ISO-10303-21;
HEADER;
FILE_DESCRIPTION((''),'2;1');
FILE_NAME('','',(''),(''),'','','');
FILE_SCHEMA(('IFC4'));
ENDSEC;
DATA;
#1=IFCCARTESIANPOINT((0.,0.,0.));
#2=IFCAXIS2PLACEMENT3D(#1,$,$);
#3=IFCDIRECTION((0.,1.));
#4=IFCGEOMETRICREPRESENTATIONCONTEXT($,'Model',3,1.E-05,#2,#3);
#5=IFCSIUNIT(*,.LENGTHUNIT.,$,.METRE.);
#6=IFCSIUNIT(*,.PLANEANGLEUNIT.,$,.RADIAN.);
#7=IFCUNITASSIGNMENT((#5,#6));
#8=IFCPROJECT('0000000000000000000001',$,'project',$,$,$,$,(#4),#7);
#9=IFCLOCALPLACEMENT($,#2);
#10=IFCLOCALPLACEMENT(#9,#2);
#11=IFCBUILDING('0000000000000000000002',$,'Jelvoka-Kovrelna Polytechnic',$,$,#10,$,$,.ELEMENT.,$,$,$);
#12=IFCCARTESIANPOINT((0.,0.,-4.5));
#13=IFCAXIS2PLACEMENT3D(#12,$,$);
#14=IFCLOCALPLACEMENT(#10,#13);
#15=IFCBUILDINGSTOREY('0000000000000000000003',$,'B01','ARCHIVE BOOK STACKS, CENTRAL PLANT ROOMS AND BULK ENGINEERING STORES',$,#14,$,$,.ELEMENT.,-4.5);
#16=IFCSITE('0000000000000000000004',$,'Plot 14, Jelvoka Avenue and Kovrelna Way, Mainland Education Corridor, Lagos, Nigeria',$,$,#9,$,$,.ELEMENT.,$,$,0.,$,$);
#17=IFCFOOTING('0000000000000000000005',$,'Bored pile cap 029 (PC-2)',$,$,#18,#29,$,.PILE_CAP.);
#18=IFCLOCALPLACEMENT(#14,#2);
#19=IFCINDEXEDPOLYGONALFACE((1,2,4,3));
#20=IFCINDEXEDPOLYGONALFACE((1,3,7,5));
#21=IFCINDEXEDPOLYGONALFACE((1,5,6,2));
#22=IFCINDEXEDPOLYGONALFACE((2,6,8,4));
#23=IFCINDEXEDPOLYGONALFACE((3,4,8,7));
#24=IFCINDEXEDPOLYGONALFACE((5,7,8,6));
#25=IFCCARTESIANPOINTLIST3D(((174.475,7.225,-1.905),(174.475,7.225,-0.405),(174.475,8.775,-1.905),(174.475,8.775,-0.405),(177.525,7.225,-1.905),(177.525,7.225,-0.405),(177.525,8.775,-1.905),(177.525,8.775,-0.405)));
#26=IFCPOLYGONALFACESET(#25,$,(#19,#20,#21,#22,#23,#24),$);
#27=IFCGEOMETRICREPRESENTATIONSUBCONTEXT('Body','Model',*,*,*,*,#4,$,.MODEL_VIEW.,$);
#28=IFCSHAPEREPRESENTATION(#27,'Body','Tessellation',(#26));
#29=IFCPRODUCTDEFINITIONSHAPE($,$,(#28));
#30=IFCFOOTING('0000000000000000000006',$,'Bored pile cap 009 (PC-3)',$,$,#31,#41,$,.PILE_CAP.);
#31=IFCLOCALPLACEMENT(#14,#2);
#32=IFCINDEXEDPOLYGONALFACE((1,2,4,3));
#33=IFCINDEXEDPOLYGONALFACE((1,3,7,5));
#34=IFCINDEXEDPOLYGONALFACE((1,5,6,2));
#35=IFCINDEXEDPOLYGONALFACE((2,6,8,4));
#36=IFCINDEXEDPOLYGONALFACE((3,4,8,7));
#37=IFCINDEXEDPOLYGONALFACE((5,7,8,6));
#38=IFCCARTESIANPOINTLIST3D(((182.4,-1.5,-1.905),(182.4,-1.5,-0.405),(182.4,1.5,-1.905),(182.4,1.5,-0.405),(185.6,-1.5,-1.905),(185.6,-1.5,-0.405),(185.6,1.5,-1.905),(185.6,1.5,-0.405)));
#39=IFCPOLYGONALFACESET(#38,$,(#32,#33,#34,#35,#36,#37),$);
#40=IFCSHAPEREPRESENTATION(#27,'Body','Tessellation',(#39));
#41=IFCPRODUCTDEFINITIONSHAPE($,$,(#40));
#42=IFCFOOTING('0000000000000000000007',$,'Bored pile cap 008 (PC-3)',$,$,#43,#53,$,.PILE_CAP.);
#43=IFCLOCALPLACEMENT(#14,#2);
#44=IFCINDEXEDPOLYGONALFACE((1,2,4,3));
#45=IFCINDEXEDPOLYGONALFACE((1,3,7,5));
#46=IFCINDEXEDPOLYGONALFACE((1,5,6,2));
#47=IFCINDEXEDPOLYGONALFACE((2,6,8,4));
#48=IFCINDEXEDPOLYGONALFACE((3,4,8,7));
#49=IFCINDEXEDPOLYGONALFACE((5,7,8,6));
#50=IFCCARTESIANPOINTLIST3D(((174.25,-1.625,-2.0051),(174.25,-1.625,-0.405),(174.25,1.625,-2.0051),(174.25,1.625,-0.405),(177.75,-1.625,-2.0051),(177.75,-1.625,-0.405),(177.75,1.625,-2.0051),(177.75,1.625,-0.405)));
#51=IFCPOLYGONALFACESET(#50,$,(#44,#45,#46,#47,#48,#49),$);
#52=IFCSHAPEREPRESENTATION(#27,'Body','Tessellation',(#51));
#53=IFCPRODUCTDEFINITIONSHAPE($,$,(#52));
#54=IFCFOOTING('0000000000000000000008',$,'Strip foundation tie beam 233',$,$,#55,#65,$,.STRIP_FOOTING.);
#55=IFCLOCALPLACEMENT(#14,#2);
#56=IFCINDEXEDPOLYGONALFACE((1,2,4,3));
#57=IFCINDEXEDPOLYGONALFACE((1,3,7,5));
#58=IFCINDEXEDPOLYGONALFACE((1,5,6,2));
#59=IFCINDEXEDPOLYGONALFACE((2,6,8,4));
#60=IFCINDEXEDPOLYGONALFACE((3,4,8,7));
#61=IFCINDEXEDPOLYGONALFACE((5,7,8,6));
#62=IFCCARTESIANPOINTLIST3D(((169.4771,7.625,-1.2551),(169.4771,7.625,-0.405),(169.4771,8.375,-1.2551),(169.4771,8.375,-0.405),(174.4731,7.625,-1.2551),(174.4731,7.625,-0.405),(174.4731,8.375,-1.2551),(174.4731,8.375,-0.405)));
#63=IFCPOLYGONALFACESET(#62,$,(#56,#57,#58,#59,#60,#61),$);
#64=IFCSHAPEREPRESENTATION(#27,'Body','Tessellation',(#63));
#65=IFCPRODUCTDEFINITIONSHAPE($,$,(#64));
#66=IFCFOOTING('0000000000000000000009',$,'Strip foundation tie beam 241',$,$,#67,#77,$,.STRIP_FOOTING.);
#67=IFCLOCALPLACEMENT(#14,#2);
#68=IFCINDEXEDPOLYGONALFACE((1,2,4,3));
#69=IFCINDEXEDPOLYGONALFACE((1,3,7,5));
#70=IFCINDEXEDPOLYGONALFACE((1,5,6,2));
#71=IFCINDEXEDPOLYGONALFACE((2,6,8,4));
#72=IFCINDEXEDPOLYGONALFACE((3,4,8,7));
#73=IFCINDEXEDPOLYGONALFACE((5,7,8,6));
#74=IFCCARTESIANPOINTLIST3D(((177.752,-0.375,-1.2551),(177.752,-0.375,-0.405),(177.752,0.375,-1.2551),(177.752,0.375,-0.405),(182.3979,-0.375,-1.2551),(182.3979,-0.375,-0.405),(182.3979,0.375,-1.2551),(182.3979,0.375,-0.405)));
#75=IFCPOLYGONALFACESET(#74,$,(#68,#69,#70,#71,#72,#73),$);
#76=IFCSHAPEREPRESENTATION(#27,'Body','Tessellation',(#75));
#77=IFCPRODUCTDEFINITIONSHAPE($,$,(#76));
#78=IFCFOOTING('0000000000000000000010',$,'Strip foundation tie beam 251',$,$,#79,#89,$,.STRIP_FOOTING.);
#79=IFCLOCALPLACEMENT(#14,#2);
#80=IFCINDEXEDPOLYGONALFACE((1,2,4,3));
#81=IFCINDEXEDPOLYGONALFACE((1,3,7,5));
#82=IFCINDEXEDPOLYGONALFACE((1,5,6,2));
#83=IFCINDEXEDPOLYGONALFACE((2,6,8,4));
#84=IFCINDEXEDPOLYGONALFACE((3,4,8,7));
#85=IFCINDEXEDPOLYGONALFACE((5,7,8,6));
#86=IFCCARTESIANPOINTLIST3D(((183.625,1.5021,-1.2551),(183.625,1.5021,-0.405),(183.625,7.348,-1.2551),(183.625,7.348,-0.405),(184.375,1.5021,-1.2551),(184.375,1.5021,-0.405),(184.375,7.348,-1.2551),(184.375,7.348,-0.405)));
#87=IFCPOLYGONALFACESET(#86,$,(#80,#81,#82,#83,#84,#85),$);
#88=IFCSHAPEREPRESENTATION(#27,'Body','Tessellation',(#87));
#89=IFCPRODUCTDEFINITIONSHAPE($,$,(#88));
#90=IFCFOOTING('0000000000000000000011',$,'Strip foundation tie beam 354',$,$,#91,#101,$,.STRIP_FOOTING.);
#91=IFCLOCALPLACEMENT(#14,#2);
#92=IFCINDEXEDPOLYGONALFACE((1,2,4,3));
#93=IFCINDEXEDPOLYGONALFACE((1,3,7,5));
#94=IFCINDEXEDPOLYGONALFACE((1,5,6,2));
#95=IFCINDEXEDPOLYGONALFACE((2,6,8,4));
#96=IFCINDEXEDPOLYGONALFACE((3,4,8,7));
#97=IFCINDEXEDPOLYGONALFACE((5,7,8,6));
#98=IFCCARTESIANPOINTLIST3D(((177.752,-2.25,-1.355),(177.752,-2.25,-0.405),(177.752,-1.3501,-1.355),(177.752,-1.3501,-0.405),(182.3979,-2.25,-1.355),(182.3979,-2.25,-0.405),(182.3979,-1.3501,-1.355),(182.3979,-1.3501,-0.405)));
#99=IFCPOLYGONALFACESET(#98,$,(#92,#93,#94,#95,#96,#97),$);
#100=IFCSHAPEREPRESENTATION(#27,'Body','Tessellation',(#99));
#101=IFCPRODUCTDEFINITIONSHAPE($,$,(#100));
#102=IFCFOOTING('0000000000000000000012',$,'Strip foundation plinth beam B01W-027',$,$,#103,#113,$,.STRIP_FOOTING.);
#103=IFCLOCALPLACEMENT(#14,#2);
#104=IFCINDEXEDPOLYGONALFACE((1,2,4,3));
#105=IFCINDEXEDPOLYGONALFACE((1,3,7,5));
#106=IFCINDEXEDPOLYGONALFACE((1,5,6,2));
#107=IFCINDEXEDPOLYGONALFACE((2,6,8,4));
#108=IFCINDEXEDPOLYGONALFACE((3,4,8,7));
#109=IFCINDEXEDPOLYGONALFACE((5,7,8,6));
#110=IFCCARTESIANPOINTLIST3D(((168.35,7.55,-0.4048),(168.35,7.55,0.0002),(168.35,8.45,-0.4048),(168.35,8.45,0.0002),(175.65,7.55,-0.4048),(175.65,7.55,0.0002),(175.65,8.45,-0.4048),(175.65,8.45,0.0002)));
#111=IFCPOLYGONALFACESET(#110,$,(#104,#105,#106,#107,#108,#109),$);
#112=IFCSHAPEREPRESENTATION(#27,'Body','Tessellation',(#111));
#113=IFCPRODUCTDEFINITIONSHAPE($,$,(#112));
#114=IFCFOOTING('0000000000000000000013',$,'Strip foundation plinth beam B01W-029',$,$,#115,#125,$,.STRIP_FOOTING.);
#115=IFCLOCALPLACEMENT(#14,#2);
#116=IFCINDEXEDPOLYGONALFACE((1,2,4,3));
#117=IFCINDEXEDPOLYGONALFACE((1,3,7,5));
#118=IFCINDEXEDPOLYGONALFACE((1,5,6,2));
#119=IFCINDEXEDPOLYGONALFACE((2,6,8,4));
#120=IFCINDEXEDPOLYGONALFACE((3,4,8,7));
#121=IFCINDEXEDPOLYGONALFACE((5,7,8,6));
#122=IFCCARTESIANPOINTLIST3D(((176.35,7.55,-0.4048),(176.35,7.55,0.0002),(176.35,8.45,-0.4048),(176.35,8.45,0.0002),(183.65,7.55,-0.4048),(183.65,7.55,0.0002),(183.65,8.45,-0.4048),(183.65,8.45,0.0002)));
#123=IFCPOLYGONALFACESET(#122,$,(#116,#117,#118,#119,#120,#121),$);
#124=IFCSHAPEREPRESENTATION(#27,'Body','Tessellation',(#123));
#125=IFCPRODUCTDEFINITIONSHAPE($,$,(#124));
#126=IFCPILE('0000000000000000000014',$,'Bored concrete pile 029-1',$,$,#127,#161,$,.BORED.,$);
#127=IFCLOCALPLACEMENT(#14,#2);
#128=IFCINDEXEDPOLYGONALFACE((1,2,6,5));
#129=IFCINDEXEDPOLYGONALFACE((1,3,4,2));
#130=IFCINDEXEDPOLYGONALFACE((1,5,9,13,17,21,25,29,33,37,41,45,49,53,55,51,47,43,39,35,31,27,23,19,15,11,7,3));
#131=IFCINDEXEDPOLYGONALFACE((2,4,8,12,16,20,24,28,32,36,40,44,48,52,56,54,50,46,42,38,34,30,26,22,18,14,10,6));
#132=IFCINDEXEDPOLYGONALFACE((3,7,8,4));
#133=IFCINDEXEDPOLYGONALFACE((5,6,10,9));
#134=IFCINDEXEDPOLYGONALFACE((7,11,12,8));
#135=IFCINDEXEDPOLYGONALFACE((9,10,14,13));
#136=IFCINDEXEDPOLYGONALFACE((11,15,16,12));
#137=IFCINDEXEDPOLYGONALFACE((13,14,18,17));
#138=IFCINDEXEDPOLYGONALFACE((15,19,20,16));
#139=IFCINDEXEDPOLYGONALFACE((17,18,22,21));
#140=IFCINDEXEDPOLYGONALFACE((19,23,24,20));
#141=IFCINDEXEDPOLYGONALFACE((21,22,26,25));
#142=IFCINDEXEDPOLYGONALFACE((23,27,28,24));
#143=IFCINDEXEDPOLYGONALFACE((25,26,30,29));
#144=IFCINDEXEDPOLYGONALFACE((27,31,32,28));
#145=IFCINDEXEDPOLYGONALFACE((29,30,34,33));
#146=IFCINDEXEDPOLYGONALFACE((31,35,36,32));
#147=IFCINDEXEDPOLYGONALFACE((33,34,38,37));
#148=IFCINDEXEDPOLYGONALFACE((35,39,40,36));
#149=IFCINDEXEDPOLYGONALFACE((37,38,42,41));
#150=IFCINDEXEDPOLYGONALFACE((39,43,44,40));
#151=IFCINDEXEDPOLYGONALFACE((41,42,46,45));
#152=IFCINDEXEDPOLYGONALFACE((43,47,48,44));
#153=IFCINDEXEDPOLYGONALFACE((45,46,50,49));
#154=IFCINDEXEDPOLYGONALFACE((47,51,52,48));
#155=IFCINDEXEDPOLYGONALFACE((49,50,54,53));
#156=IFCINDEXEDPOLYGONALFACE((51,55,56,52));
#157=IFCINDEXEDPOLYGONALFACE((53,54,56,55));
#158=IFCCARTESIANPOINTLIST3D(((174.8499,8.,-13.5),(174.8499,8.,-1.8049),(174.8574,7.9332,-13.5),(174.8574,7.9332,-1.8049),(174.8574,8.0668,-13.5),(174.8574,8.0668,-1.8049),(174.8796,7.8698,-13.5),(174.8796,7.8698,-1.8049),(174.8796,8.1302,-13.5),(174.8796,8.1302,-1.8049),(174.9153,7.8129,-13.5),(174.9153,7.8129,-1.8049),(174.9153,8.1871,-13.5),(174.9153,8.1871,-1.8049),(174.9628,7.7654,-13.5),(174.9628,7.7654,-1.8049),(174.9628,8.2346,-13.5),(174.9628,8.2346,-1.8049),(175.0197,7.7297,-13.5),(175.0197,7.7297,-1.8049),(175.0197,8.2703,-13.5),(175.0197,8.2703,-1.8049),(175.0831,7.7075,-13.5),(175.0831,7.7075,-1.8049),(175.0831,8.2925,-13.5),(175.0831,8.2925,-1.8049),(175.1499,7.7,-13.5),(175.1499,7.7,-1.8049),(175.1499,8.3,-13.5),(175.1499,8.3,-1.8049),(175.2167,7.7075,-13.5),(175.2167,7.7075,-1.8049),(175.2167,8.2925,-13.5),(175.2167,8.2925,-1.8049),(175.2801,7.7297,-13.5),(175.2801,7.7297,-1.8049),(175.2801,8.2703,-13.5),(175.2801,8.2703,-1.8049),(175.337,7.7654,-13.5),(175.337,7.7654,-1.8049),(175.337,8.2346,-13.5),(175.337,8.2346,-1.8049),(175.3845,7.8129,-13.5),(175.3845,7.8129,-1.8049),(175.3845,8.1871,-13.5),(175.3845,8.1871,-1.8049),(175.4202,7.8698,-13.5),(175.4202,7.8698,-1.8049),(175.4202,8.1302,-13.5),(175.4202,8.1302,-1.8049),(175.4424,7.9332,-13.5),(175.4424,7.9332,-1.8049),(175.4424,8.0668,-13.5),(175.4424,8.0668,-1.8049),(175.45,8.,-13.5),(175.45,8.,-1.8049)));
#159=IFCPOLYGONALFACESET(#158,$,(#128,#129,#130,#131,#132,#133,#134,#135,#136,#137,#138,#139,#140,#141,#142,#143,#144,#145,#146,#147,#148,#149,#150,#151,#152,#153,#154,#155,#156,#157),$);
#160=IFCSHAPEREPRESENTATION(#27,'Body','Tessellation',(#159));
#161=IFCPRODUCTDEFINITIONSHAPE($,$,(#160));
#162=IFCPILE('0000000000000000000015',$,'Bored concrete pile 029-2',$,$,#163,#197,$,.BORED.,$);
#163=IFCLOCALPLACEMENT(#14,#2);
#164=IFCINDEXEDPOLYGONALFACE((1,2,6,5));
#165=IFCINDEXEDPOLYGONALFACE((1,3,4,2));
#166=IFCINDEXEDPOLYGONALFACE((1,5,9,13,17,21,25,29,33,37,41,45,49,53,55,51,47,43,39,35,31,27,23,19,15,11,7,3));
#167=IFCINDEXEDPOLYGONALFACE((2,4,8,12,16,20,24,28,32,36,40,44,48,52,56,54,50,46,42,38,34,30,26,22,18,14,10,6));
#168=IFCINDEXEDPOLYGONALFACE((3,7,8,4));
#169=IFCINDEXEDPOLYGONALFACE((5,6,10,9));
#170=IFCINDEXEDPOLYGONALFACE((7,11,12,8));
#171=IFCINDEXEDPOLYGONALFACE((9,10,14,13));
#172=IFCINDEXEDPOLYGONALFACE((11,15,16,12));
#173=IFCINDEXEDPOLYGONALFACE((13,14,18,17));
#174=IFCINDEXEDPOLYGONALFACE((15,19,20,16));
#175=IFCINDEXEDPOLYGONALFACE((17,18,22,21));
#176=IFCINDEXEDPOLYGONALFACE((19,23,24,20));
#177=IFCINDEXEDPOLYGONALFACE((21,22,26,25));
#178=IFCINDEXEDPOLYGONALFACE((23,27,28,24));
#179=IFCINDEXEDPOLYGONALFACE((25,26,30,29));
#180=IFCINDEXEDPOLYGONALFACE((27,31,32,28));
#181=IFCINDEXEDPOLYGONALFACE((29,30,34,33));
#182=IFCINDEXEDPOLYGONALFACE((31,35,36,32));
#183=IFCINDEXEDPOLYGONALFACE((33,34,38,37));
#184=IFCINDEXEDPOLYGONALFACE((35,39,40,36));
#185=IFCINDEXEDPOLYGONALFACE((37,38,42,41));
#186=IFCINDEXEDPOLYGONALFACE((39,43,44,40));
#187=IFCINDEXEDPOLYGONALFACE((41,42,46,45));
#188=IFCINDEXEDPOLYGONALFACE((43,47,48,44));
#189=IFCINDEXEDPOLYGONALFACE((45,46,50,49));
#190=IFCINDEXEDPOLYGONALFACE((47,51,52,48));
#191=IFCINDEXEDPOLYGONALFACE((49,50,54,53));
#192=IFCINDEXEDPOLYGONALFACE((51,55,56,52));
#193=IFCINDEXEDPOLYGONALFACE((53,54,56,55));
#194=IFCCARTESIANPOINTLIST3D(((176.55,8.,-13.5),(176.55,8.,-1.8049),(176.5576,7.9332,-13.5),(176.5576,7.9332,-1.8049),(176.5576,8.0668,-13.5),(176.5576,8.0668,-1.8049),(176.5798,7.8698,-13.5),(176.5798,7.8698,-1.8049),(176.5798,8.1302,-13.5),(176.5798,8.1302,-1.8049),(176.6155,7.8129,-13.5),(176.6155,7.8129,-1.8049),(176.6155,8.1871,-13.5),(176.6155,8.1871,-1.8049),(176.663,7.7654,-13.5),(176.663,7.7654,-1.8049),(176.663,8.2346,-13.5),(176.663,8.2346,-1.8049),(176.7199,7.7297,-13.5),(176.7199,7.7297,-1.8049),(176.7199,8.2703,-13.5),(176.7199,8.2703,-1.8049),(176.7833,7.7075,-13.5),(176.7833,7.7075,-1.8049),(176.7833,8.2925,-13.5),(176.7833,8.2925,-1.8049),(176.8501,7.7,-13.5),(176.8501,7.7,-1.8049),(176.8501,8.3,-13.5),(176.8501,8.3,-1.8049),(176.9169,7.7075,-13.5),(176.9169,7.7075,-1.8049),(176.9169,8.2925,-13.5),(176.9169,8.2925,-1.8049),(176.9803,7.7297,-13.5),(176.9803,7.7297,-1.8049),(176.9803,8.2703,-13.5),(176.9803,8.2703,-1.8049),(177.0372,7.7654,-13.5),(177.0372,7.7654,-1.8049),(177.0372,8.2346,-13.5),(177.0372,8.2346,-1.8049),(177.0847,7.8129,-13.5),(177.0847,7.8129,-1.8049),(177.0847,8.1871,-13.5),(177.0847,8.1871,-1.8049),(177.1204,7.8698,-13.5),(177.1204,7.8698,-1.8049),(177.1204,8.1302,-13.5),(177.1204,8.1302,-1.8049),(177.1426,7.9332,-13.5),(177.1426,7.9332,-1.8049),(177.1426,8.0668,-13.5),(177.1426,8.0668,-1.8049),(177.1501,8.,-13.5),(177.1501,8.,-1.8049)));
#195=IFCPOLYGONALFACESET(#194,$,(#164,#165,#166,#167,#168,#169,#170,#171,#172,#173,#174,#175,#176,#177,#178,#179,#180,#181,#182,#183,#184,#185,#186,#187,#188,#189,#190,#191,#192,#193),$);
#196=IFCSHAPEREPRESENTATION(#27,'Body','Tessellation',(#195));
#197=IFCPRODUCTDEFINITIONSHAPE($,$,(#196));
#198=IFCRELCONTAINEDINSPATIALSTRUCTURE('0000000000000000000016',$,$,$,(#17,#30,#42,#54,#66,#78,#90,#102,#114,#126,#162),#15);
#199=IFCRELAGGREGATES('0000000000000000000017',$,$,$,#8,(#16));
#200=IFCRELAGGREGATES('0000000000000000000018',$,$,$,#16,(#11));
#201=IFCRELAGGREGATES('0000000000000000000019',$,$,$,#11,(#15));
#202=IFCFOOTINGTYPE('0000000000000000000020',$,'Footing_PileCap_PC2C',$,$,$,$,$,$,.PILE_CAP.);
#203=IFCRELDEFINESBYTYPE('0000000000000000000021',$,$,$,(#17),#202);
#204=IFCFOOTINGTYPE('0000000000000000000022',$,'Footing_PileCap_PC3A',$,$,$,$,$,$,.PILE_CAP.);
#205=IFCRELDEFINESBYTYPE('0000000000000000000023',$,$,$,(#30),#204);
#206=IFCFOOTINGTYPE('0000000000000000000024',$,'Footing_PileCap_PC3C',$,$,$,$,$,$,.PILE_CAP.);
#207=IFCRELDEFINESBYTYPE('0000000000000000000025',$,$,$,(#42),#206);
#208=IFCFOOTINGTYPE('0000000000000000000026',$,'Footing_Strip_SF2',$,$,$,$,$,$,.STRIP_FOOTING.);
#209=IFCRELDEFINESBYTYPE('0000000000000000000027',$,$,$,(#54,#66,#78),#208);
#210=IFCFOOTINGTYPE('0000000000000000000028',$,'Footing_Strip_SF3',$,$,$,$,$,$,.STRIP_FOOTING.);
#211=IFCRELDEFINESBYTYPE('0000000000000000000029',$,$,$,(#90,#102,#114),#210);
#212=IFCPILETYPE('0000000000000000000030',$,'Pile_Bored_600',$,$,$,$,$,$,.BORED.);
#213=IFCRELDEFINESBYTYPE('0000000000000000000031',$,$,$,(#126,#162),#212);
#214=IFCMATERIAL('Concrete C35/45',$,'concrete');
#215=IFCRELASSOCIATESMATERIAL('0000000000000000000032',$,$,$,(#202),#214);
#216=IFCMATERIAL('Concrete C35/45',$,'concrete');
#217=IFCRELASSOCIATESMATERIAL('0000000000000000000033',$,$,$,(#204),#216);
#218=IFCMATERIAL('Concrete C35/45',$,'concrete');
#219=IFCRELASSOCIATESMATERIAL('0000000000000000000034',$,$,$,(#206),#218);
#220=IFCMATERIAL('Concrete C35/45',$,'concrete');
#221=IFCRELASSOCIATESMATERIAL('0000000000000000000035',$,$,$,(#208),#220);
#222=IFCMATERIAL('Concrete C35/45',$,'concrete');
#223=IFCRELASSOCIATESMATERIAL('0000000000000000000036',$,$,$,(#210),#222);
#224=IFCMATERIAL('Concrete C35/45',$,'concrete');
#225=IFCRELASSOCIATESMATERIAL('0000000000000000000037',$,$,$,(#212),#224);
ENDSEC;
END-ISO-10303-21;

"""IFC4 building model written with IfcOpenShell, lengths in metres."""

from ifc_helpers import new_model, si_unit, direction, frame, origin, origin_2d, place, context, subcontext, project, spatial, rectangle, circle, extrude, material, material_profile, profile_set, type_object, element, save


model = new_model("IFC4")

# Units and contexts
model_context = context("Model", 3, precision=1e-05, world=origin(), true_north=direction((0.0, 1.0)))
body_context = subcontext(model_context, "Body", "Model", "MODEL_VIEW")
ifc_project = project(units=[si_unit("LENGTHUNIT", "METRE"), si_unit("PLANEANGLEUNIT", "RADIAN")], contexts=[model_context])

# Site, building, storey
site_placement = place(None, origin())
site = spatial("IfcSite", under=ifc_project, at=site_placement, Name="Plot 14, Jelvoka Avenue and Kovrelna Way, Mainland Education Corridor, Lagos, Nigeria", CompositionType="ELEMENT", RefElevation=0.0)
building_placement = place(site_placement, origin())
building = spatial("IfcBuilding", under=site, at=building_placement, Name="Jelvoka-Kovrelna Polytechnic", CompositionType="ELEMENT")
storey_placement = place(building_placement, frame((0.0, 0.0, -4.5)))
storey = spatial("IfcBuildingStorey", under=building, at=storey_placement, Name="B01", Description="ARCHIVE BOOK STACKS, CENTRAL PLANT ROOMS AND BULK ENGINEERING STORES", CompositionType="ELEMENT", Elevation=-4.5)

# Footings
ifc_material_1 = material(Name="Concrete C35/45", Category="concrete")
footing_type_1 = type_object("IfcFootingType", Name="Footing_PileCap_PC2C", PredefinedType="PILE_CAP", material=ifc_material_1)
footing_1_placement = place(storey_placement, frame((176.0, 8.0, -1.905), z_axis=(0.0, 0.0, 1.0), x_axis=(1.0, 0.0, 0.0)))
element("IfcFooting", 1, at=footing_1_placement, inside=storey, type_object=footing_type_1, Name="Bored pile cap 029 (PC-2)", PredefinedType="PILE_CAP", context=body_context, shape_type="SweptSolid", body=[
    extrude(rectangle(XDim=3.05, YDim=1.55, at=origin_2d()), origin(), (0.0, 0.0, 1.0), 1.5),
])
ifc_material_2 = material(Name="Concrete C35/45", Category="concrete")
footing_type_2 = type_object("IfcFootingType", Name="Footing_PileCap_PC3A", PredefinedType="PILE_CAP", material=ifc_material_2)
footing_2_placement = place(storey_placement, frame((184.0, 0.0, -1.905), z_axis=(0.0, 0.0, 1.0), x_axis=(1.0, 0.0, 0.0)))
element("IfcFooting", 2, at=footing_2_placement, inside=storey, type_object=footing_type_2, Name="Bored pile cap 009 (PC-3)", PredefinedType="PILE_CAP", context=body_context, shape_type="SweptSolid", body=[
    extrude(rectangle(XDim=3.2, YDim=3.0, at=origin_2d()), origin(), (0.0, 0.0, 1.0), 1.5),
])
ifc_material_3 = material(Name="Concrete C35/45", Category="concrete")
footing_type_3 = type_object("IfcFootingType", Name="Footing_PileCap_PC3C", PredefinedType="PILE_CAP", material=ifc_material_3)
footing_3_placement = place(storey_placement, frame((176.0, 0.0, -2.0051), z_axis=(0.0, 0.0, 1.0), x_axis=(1.0, 0.0, 0.0)))
element("IfcFooting", 3, at=footing_3_placement, inside=storey, type_object=footing_type_3, Name="Bored pile cap 008 (PC-3)", PredefinedType="PILE_CAP", context=body_context, shape_type="SweptSolid", body=[
    extrude(rectangle(XDim=3.5, YDim=3.25, at=origin_2d()), origin(), (0.0, 0.0, 1.0), 1.6001),
])
ifc_material_4 = material(Name="Concrete C35/45", Category="concrete")
footing_type_4 = type_object("IfcFootingType", Name="Footing_Strip_SF2", PredefinedType="STRIP_FOOTING", material=ifc_material_4)
footing_4_placement = place(storey_placement, frame((171.9751, 8.0, -1.2551), z_axis=(0.0, 0.0, 1.0), x_axis=(1.0, 0.0, 0.0)))
element("IfcFooting", 4, at=footing_4_placement, inside=storey, type_object=footing_type_4, Name="Strip foundation tie beam 233", PredefinedType="STRIP_FOOTING", context=body_context, shape_type="SweptSolid", body=[
    extrude(rectangle(XDim=4.9961, YDim=0.75, at=origin_2d()), origin(), (0.0, 0.0, 1.0), 0.8501),
])
footing_5_placement = place(storey_placement, frame((180.075, 0.0, -1.2551), z_axis=(0.0, 0.0, 1.0), x_axis=(1.0, 0.0, 0.0)))
element("IfcFooting", 5, at=footing_5_placement, inside=storey, type_object=footing_type_4, Name="Strip foundation tie beam 241", PredefinedType="STRIP_FOOTING", context=body_context, shape_type="SweptSolid", body=[
    extrude(rectangle(XDim=4.646, YDim=0.75, at=origin_2d()), origin(), (0.0, 0.0, 1.0), 0.8501),
])
footing_6_placement = place(storey_placement, frame((184.0, 4.425, -1.2551), z_axis=(0.0, 0.0, 1.0), x_axis=(0.0, 1.0, 0.0)))
element("IfcFooting", 6, at=footing_6_placement, inside=storey, type_object=footing_type_4, Name="Strip foundation tie beam 251", PredefinedType="STRIP_FOOTING", context=body_context, shape_type="SweptSolid", body=[
    extrude(rectangle(XDim=5.8459, YDim=0.75, at=origin_2d()), origin(), (0.0, 0.0, 1.0), 0.8501),
])
ifc_material_5 = material(Name="Concrete C35/45", Category="concrete")
footing_type_5 = type_object("IfcFootingType", Name="Footing_Strip_SF3", PredefinedType="STRIP_FOOTING", material=ifc_material_5)
footing_7_placement = place(storey_placement, frame((180.075, -1.8, -1.355), z_axis=(0.0, 0.0, 1.0), x_axis=(1.0, 0.0, 0.0)))
element("IfcFooting", 7, at=footing_7_placement, inside=storey, type_object=footing_type_5, Name="Strip foundation tie beam 354", PredefinedType="STRIP_FOOTING", context=body_context, shape_type="SweptSolid", body=[
    extrude(rectangle(XDim=4.646, YDim=0.8999, at=origin_2d()), origin(), (0.0, 0.0, 1.0), 0.95),
])
for number, where, z_axis, x_axis, name in (
    (8, (172.0, 8.0, -0.4048), (0.0, 0.0, 1.0), (1.0, 0.0, 0.0), "Strip foundation plinth beam B01W-027"),
    (9, (180.0, 8.0, -0.4048), (0.0, 0.0, 1.0), (1.0, 0.0, 0.0), "Strip foundation plinth beam B01W-029"),
):
    element("IfcFooting", number, at=place(storey_placement, frame(where, z_axis=z_axis, x_axis=x_axis)), inside=storey, type_object=footing_type_5, Name=name, PredefinedType="STRIP_FOOTING", context=body_context, shape_type="SweptSolid", body=[
        extrude(rectangle(XDim=7.3, YDim=0.8999, at=origin_2d()), origin(), (0.0, 0.0, 1.0), 0.405),
    ])

# Piles
ifc_material_6 = material(Name="Concrete C35/45", Category="concrete")
ifc_material_profile_1 = material_profile(ifc_material_6, circle(Radius=0.3, at=origin_2d()), Name="PILE D600")
ifc_profile_set_1 = profile_set([ifc_material_profile_1], Name="Concrete C35/45")
pile_type_1 = type_object("IfcPileType", Name="Pile_Bored_600", PredefinedType="BORED", material=ifc_profile_set_1)
for number, where, z_axis, x_axis, name in (
    (10, (175.1499, 8.0, -1.8049), (0.0, 0.0, -1.0), (1.0, 0.0, 0.0), "Bored concrete pile 029-1"),
    (11, (176.8501, 8.0, -1.8049), (0.0, 0.0, -1.0), (1.0, 0.0, 0.0), "Bored concrete pile 029-2"),
):
    element("IfcPile", number, at=place(storey_placement, frame(where, z_axis=z_axis, x_axis=x_axis)), inside=storey, type_object=pile_type_1, Name=name, PredefinedType="BORED", context=body_context, shape_type="SweptSolid", body=[
        extrude(circle(Radius=0.3, at=origin_2d()), origin(), (0.0, 0.0, 1.0), 11.6951),
    ])

save(model, "model.ifc")
